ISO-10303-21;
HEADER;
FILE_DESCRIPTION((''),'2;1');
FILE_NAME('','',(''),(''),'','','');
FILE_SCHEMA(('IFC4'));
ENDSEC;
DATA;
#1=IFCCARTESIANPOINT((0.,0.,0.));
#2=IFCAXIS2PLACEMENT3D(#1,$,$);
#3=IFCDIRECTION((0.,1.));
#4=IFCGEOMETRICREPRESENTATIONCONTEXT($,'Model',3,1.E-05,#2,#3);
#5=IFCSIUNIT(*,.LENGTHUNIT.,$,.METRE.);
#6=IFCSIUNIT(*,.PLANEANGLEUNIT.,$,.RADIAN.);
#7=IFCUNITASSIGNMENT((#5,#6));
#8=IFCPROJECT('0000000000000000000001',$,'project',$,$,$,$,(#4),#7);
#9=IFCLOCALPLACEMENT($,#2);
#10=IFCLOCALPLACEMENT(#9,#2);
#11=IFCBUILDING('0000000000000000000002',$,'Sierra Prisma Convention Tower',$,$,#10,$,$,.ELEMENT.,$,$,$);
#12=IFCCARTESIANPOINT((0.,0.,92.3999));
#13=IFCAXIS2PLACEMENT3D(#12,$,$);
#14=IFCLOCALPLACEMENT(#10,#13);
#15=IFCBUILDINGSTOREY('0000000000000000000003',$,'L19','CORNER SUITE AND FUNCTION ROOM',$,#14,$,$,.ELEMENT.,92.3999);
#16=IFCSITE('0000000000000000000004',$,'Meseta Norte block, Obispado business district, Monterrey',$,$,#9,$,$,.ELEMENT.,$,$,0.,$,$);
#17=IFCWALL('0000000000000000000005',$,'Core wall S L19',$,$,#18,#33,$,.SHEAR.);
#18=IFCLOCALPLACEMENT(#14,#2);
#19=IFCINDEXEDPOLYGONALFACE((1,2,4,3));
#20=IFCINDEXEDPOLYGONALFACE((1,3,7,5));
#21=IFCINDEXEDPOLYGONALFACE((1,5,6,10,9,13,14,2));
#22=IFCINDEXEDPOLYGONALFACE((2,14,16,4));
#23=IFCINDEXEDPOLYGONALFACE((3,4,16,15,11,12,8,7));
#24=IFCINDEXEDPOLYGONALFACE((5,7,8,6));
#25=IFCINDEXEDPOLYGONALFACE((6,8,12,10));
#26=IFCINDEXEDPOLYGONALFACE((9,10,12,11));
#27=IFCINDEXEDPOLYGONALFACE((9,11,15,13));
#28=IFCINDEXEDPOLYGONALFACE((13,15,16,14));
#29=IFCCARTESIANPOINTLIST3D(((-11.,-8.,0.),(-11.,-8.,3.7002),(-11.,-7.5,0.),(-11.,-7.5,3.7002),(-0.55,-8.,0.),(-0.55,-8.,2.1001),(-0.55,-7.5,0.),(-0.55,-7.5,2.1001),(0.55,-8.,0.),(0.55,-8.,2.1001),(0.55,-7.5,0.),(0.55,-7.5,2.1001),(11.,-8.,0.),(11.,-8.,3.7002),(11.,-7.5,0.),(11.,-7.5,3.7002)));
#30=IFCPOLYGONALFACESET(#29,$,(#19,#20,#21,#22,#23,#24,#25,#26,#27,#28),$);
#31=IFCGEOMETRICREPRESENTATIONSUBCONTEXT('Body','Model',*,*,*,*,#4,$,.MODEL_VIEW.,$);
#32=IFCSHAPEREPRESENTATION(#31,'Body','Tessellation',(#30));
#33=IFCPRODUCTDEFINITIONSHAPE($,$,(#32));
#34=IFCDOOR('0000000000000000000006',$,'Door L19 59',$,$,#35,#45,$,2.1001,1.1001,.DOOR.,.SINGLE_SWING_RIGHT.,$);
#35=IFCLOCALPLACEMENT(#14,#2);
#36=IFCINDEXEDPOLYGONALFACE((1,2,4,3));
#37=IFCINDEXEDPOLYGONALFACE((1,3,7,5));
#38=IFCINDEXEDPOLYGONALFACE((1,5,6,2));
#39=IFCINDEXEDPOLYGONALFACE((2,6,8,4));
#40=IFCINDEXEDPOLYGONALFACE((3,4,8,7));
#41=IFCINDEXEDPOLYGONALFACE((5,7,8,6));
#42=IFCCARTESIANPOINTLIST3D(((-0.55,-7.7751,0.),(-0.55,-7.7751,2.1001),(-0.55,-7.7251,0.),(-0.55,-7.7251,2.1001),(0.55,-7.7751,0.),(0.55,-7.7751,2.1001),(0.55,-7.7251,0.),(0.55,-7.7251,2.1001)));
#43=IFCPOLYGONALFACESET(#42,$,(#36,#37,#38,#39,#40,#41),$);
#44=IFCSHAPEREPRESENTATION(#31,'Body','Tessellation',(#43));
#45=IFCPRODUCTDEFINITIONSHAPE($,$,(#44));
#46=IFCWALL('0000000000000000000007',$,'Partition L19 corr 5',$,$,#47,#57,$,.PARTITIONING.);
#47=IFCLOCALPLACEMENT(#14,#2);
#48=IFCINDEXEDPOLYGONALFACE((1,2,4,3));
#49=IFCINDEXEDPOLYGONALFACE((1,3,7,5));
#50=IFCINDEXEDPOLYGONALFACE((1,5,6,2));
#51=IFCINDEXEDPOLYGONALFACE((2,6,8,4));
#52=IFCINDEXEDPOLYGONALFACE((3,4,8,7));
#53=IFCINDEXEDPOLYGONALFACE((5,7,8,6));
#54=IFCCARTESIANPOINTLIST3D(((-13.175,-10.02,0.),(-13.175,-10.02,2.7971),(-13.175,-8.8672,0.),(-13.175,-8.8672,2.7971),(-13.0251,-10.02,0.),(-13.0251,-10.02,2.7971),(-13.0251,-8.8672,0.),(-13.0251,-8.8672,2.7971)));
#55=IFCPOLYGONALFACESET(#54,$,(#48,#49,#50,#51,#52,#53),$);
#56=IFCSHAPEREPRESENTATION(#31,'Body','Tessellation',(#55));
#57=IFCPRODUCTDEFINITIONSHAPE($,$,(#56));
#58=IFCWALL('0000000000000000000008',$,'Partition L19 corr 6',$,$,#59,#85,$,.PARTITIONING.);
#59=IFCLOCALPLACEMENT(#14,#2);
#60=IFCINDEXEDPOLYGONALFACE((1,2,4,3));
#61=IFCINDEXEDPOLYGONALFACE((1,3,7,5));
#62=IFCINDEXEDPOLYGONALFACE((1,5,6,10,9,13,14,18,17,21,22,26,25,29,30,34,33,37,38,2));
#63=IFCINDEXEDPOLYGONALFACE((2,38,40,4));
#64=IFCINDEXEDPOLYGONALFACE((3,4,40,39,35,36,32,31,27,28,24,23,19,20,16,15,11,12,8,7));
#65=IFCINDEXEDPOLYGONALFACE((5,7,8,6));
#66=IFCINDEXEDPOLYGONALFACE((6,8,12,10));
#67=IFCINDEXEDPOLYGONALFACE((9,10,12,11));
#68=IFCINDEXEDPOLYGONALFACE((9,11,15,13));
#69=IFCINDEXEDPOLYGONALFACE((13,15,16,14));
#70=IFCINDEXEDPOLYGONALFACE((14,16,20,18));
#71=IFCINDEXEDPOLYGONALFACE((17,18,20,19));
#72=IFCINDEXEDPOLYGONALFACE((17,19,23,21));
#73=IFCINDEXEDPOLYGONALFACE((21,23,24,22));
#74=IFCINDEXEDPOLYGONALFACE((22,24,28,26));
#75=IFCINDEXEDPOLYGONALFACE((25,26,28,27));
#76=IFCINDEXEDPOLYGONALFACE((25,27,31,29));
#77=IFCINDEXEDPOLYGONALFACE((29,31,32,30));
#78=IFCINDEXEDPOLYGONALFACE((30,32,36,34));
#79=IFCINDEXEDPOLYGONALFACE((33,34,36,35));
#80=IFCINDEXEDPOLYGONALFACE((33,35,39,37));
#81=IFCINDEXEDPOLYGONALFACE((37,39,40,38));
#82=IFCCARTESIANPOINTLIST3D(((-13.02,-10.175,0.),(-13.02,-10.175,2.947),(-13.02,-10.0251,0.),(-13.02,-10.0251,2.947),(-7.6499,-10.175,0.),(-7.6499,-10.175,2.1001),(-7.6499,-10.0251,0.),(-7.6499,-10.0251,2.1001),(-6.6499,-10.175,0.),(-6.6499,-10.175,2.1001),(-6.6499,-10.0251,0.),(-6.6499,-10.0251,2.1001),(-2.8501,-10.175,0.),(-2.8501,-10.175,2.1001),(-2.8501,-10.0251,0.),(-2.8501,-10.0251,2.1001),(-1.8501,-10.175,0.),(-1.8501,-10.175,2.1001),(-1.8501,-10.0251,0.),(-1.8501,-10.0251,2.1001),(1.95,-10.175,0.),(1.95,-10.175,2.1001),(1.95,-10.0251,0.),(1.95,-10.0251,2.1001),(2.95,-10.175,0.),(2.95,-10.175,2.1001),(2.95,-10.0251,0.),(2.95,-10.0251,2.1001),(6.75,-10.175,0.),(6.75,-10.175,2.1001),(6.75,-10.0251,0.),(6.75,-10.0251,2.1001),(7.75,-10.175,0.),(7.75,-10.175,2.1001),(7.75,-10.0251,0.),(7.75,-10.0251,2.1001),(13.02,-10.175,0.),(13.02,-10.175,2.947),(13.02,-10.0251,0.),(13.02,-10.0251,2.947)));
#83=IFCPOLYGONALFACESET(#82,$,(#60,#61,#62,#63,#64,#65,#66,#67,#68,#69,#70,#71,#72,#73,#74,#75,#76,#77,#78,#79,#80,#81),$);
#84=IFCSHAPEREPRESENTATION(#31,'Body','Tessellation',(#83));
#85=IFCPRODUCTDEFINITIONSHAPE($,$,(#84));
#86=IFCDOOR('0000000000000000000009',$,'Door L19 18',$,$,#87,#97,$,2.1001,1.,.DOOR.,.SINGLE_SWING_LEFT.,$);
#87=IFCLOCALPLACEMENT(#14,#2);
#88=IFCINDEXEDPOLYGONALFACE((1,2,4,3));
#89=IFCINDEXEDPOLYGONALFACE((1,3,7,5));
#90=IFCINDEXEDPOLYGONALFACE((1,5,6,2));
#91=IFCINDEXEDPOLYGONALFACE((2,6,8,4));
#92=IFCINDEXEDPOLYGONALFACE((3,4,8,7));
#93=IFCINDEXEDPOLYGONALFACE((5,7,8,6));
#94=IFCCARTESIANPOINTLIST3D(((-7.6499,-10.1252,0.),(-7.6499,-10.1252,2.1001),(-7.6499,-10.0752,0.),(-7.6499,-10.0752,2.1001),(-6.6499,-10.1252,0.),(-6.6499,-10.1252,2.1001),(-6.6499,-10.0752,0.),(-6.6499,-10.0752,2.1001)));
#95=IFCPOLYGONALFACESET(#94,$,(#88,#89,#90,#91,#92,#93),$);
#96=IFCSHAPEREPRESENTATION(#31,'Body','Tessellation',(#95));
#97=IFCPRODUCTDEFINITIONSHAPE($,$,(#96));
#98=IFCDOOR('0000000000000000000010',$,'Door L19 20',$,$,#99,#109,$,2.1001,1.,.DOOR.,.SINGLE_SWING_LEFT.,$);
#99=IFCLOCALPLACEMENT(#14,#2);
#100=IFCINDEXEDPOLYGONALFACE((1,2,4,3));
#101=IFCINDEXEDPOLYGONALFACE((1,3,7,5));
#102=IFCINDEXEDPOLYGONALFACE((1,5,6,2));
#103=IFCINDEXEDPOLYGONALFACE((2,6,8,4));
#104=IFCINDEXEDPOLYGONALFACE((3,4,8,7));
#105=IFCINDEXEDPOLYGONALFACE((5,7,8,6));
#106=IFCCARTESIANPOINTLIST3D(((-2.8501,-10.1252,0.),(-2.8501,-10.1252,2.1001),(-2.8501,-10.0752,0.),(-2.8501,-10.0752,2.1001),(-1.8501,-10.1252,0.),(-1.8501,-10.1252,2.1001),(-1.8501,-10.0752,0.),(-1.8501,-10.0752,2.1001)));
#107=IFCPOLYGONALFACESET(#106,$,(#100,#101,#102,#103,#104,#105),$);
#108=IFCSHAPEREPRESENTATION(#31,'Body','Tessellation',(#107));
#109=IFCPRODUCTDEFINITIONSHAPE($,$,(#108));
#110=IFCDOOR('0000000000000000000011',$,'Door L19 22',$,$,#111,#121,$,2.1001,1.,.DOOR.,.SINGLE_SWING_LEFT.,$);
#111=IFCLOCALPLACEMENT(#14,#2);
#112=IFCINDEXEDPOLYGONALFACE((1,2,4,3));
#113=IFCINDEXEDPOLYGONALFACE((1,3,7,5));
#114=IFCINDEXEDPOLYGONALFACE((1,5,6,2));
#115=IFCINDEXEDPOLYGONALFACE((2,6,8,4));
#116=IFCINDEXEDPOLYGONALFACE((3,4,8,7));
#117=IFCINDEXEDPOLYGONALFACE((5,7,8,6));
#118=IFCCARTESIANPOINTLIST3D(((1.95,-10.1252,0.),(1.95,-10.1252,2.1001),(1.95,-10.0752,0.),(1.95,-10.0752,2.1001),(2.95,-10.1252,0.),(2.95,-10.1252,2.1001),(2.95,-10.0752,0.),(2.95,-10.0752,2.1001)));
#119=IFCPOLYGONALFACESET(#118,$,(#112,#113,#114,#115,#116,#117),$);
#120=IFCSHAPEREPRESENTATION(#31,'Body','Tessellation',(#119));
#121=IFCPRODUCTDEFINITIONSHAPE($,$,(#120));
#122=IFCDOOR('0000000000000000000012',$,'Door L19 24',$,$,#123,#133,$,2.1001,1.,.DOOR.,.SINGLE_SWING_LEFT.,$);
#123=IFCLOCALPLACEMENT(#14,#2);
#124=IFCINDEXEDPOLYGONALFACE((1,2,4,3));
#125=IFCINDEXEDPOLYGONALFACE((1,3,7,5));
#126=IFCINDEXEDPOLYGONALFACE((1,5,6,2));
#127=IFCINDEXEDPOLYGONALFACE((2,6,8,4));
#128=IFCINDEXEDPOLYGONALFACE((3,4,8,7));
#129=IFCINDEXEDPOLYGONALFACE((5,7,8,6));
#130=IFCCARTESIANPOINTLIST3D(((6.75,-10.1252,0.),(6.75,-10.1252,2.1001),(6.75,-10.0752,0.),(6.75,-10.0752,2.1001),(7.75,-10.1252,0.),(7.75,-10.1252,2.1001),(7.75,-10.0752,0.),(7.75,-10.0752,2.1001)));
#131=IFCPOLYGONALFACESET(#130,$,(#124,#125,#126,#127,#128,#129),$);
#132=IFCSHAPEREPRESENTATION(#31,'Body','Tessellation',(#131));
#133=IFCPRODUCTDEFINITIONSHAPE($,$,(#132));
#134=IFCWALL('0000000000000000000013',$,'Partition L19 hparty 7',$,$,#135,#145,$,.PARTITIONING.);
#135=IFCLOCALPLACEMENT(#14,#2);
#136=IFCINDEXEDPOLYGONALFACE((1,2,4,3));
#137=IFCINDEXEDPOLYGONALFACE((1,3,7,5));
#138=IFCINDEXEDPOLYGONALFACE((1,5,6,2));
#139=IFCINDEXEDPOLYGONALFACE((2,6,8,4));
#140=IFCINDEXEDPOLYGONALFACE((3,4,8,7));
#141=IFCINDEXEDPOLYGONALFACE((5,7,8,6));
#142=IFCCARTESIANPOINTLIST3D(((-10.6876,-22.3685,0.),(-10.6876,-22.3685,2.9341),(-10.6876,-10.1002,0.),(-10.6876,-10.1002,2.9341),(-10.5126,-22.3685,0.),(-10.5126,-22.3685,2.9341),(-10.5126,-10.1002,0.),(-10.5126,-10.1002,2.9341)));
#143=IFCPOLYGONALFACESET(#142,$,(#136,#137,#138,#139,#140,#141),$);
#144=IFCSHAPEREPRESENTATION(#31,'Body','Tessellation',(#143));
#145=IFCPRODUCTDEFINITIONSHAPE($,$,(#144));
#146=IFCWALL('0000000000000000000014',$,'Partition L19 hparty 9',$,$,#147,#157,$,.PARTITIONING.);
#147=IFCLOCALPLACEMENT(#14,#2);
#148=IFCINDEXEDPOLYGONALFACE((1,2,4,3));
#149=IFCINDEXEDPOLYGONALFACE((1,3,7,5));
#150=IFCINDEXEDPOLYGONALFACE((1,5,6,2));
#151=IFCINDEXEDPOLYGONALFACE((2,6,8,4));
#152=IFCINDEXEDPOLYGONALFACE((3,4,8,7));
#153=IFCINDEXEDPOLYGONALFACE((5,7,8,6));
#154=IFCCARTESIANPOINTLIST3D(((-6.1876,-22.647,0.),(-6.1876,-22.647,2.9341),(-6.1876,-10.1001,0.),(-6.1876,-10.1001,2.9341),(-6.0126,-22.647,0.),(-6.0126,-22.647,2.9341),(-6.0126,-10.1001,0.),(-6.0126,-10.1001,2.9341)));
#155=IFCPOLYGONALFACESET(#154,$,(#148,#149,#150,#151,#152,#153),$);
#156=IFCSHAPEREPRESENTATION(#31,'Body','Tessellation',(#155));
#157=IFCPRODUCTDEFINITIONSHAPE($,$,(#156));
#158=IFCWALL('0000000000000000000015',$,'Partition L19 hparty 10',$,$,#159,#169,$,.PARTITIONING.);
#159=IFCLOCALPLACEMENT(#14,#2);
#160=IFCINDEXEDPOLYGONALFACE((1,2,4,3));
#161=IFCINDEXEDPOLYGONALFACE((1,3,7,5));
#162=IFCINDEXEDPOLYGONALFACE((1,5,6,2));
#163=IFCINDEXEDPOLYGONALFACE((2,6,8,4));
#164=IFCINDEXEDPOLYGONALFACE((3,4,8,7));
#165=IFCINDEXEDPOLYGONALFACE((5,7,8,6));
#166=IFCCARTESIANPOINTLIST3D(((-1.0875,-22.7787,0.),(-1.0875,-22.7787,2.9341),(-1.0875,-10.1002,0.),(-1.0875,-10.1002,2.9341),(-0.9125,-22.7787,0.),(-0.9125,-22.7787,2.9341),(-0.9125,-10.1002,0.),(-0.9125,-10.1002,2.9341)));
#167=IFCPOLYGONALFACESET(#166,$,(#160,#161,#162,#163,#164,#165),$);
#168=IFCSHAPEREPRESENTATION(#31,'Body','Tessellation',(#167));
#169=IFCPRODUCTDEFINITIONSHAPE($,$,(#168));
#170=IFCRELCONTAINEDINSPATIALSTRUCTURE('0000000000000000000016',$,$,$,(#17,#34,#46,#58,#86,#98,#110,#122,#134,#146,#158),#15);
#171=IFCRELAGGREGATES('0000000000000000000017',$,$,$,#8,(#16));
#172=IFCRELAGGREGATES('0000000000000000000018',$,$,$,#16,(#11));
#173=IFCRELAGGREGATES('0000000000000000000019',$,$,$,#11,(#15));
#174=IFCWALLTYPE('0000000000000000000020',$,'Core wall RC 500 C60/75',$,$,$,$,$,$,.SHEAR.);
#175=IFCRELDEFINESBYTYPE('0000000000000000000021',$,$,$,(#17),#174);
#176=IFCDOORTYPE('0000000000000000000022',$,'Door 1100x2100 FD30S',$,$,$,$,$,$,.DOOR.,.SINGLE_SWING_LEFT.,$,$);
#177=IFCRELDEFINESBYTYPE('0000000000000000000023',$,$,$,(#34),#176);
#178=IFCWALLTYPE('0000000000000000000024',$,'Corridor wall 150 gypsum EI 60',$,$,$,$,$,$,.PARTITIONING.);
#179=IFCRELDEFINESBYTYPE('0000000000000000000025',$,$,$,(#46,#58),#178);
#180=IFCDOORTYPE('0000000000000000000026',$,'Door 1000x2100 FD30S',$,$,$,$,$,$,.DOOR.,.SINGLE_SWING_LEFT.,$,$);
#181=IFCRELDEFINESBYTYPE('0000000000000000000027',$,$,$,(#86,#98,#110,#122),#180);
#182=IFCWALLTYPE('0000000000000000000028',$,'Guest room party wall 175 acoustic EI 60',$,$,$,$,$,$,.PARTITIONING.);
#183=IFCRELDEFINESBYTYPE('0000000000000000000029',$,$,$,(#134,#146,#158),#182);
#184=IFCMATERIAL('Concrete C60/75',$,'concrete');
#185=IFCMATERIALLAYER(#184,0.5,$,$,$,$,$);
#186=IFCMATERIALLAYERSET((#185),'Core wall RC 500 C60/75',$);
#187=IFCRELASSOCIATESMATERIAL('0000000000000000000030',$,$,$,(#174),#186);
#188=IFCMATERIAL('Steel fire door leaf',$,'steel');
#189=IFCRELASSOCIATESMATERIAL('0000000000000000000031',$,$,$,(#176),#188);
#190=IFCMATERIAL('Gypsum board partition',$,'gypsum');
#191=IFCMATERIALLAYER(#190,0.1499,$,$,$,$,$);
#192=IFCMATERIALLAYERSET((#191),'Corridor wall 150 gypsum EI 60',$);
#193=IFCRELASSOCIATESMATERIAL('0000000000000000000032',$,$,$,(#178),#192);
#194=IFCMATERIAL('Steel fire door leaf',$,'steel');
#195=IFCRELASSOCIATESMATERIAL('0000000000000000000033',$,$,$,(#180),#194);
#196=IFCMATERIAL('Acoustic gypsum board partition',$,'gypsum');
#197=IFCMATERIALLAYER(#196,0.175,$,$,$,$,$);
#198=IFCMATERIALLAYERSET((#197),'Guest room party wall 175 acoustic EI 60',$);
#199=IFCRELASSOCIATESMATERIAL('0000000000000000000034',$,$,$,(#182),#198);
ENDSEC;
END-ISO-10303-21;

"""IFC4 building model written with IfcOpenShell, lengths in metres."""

from ifc_helpers import new_model, si_unit, direction, frame, frame_2d, origin, place, context, subcontext, project, spatial, rectangle, extrude, material, layer, layer_set, type_object, element, fill, save


model = new_model("IFC4")

# Units and contexts
model_context = context("Model", 3, precision=1e-05, world=origin(), true_north=direction((0.0, 1.0)))
body_context = subcontext(model_context, "Body", "Model", "MODEL_VIEW")
ifc_project = project(units=[si_unit("LENGTHUNIT", "METRE"), si_unit("PLANEANGLEUNIT", "RADIAN")], contexts=[model_context])

# Site, building, storey
site_placement = place(None, origin())
site = spatial("IfcSite", under=ifc_project, at=site_placement, Name="Meseta Norte block, Obispado business district, Monterrey", CompositionType="ELEMENT", RefElevation=0.0)
building_placement = place(site_placement, origin())
building = spatial("IfcBuilding", under=site, at=building_placement, Name="Sierra Prisma Convention Tower", CompositionType="ELEMENT")
storey_placement = place(building_placement, frame((0.0, 0.0, 92.3999)))
storey = spatial("IfcBuildingStorey", under=building, at=storey_placement, Name="L19", Description="CORNER SUITE AND FUNCTION ROOM", CompositionType="ELEMENT", Elevation=92.3999)

# Wall, opening, door
ifc_material_1 = material(Name="Concrete C60/75", Category="concrete")
ifc_layer_1 = layer(ifc_material_1, 0.5)
ifc_layer_set_1 = layer_set([ifc_layer_1], Name="Core wall RC 500 C60/75")
wall_type_1 = type_object("IfcWallType", Name="Core wall RC 500 C60/75", PredefinedType="SHEAR", material=ifc_layer_set_1)
wall_1_placement = place(storey_placement, frame((-11.0, -7.75, 0.0), z_axis=(0.0, 0.0, 1.0), x_axis=(1.0, 0.0, 0.0)))
wall_1 = element("IfcWall", 1, at=wall_1_placement, inside=storey, type_object=wall_type_1, Name="Core wall S L19", PredefinedType="SHEAR", context=body_context, shape_type="SweptSolid", body=[
    extrude(rectangle(XDim=22.0, YDim=0.5, at=frame_2d((11.0, 0.0))), origin(), (0.0, 0.0, 1.0), 3.7002),
])
opening_1_placement = place(wall_1_placement, frame((10.45, 0.0, 0.0)))
opening_1 = element("IfcOpeningElement", 2, at=opening_1_placement, cuts=wall_1, PredefinedType="OPENING", context=body_context, shape_type="SweptSolid", body=[
    extrude(rectangle(XDim=1.1001, YDim=2.1001, at=frame_2d((0.55, 1.05))), frame((0.0, 0.25, 0.0), z_axis=(0.0, -1.0, 0.0), x_axis=(1.0, 0.0, 0.0)), (0.0, 0.0, 1.0), 0.5),
])
ifc_material_2 = material(Name="Steel fire door leaf", Category="steel")
door_type_1 = type_object("IfcDoorType", Name="Door 1100x2100 FD30S", OperationType="SINGLE_SWING_LEFT", PredefinedType="DOOR", material=ifc_material_2)
door_1_placement = place(opening_1_placement, origin())
door_1 = element("IfcDoor", 3, at=door_1_placement, inside=storey, type_object=door_type_1, Name="Door L19 59", OperationType="SINGLE_SWING_RIGHT", OverallHeight=2.1001, OverallWidth=1.1001, PredefinedType="DOOR", context=body_context, shape_type="SweptSolid", body=[
    extrude(rectangle(XDim=1.1001, YDim=2.1001, at=frame_2d((0.55, 1.05))), frame((0.0, 0.0249, 0.0), z_axis=(0.0, -1.0, 0.0), x_axis=(1.0, 0.0, 0.0)), (0.0, 0.0, 1.0), 0.05),
])
fill(opening_1, door_1)

# Wall
ifc_material_3 = material(Name="Gypsum board partition", Category="gypsum")
ifc_layer_2 = layer(ifc_material_3, 0.1499)
ifc_layer_set_2 = layer_set([ifc_layer_2], Name="Corridor wall 150 gypsum EI 60")
wall_type_2 = type_object("IfcWallType", Name="Corridor wall 150 gypsum EI 60", PredefinedType="PARTITIONING", material=ifc_layer_set_2)
wall_2_placement = place(storey_placement, frame((-13.1001, -8.8672, 0.0), z_axis=(0.0, 0.0, 1.0), x_axis=(0.0, -1.0, 0.0)))
element("IfcWall", 4, at=wall_2_placement, inside=storey, type_object=wall_type_2, Name="Partition L19 corr 5", PredefinedType="PARTITIONING", context=body_context, shape_type="SweptSolid", body=[
    extrude(rectangle(XDim=1.1528, YDim=0.1499, at=frame_2d((0.5764, 0.0))), origin(), (0.0, 0.0, 1.0), 2.7971),
])

# Wall, openings, doors
wall_3_placement = place(storey_placement, frame((-13.02, -10.1001, 0.0), z_axis=(0.0, 0.0, 1.0), x_axis=(1.0, 0.0, 0.0)))
wall_3 = element("IfcWall", 5, at=wall_3_placement, inside=storey, type_object=wall_type_2, Name="Partition L19 corr 6", PredefinedType="PARTITIONING", context=body_context, shape_type="SweptSolid", body=[
    extrude(rectangle(XDim=26.04, YDim=0.1499, at=frame_2d((13.02, 0.0))), origin(), (0.0, 0.0, 1.0), 2.947),
])
opening_2_placement = place(wall_3_placement, frame((5.3701, 0.0, 0.0)))
opening_2 = element("IfcOpeningElement", 6, at=opening_2_placement, cuts=wall_3, PredefinedType="OPENING", context=body_context, shape_type="SweptSolid", body=[
    extrude(rectangle(XDim=1.0, YDim=2.1001, at=frame_2d((0.5, 1.05))), frame((0.0, 0.075, 0.0), z_axis=(0.0, -1.0, 0.0), x_axis=(1.0, 0.0, 0.0)), (0.0, 0.0, 1.0), 0.1499),
])
opening_3_placement = place(wall_3_placement, frame((10.1699, 0.0, 0.0)))
opening_3 = element("IfcOpeningElement", 7, at=opening_3_placement, cuts=wall_3, PredefinedType="OPENING", context=body_context, shape_type="SweptSolid", body=[
    extrude(rectangle(XDim=1.0, YDim=2.1001, at=frame_2d((0.5, 1.05))), frame((0.0, 0.075, 0.0), z_axis=(0.0, -1.0, 0.0), x_axis=(1.0, 0.0, 0.0)), (0.0, 0.0, 1.0), 0.1499),
])
opening_4_placement = place(wall_3_placement, frame((14.97, 0.0, 0.0)))
opening_4 = element("IfcOpeningElement", 8, at=opening_4_placement, cuts=wall_3, PredefinedType="OPENING", context=body_context, shape_type="SweptSolid", body=[
    extrude(rectangle(XDim=1.0, YDim=2.1001, at=frame_2d((0.5, 1.05))), frame((0.0, 0.075, 0.0), z_axis=(0.0, -1.0, 0.0), x_axis=(1.0, 0.0, 0.0)), (0.0, 0.0, 1.0), 0.1499),
])
opening_5_placement = place(wall_3_placement, frame((19.77, 0.0, 0.0)))
opening_5 = element("IfcOpeningElement", 9, at=opening_5_placement, cuts=wall_3, PredefinedType="OPENING", context=body_context, shape_type="SweptSolid", body=[
    extrude(rectangle(XDim=1.0, YDim=2.1001, at=frame_2d((0.5, 1.05))), frame((0.0, 0.075, 0.0), z_axis=(0.0, -1.0, 0.0), x_axis=(1.0, 0.0, 0.0)), (0.0, 0.0, 1.0), 0.1499),
])
ifc_material_4 = material(Name="Steel fire door leaf", Category="steel")
door_type_2 = type_object("IfcDoorType", Name="Door 1000x2100 FD30S", OperationType="SINGLE_SWING_LEFT", PredefinedType="DOOR", material=ifc_material_4)
door_2_placement = place(opening_2_placement, origin())
door_2 = element("IfcDoor", 10, at=door_2_placement, inside=storey, type_object=door_type_2, Name="Door L19 18", OperationType="SINGLE_SWING_LEFT", OverallHeight=2.1001, OverallWidth=1.0, PredefinedType="DOOR", context=body_context, shape_type="SweptSolid", body=[
    extrude(rectangle(XDim=1.0, YDim=2.1001, at=frame_2d((0.5, 1.05))), frame((0.0, 0.0249, 0.0), z_axis=(0.0, -1.0, 0.0), x_axis=(1.0, 0.0, 0.0)), (0.0, 0.0, 1.0), 0.05),
])
fill(opening_2, door_2)
door_3_placement = place(opening_3_placement, origin())
door_3 = element("IfcDoor", 11, at=door_3_placement, inside=storey, type_object=door_type_2, Name="Door L19 20", OperationType="SINGLE_SWING_LEFT", OverallHeight=2.1001, OverallWidth=1.0, PredefinedType="DOOR", context=body_context, shape_type="SweptSolid", body=[
    extrude(rectangle(XDim=1.0, YDim=2.1001, at=frame_2d((0.5, 1.05))), frame((0.0, 0.0249, 0.0), z_axis=(0.0, -1.0, 0.0), x_axis=(1.0, 0.0, 0.0)), (0.0, 0.0, 1.0), 0.05),
])
fill(opening_3, door_3)
door_4_placement = place(opening_4_placement, origin())
door_4 = element("IfcDoor", 12, at=door_4_placement, inside=storey, type_object=door_type_2, Name="Door L19 22", OperationType="SINGLE_SWING_LEFT", OverallHeight=2.1001, OverallWidth=1.0, PredefinedType="DOOR", context=body_context, shape_type="SweptSolid", body=[
    extrude(rectangle(XDim=1.0, YDim=2.1001, at=frame_2d((0.5, 1.05))), frame((0.0, 0.0249, 0.0), z_axis=(0.0, -1.0, 0.0), x_axis=(1.0, 0.0, 0.0)), (0.0, 0.0, 1.0), 0.05),
])
fill(opening_4, door_4)
door_5_placement = place(opening_5_placement, origin())
door_5 = element("IfcDoor", 13, at=door_5_placement, inside=storey, type_object=door_type_2, Name="Door L19 24", OperationType="SINGLE_SWING_LEFT", OverallHeight=2.1001, OverallWidth=1.0, PredefinedType="DOOR", context=body_context, shape_type="SweptSolid", body=[
    extrude(rectangle(XDim=1.0, YDim=2.1001, at=frame_2d((0.5, 1.05))), frame((0.0, 0.0249, 0.0), z_axis=(0.0, -1.0, 0.0), x_axis=(1.0, 0.0, 0.0)), (0.0, 0.0, 1.0), 0.05),
])
fill(opening_5, door_5)

# Walls
ifc_material_5 = material(Name="Acoustic gypsum board partition", Category="gypsum")
ifc_layer_3 = layer(ifc_material_5, 0.175)
ifc_layer_set_3 = layer_set([ifc_layer_3], Name="Guest room party wall 175 acoustic EI 60")
wall_type_3 = type_object("IfcWallType", Name="Guest room party wall 175 acoustic EI 60", PredefinedType="PARTITIONING", material=ifc_layer_set_3)
wall_4_placement = place(storey_placement, frame((-10.6001, -10.1001, 0.0), z_axis=(0.0, 0.0, 1.0), x_axis=(0.0, -1.0, 0.0)))
element("IfcWall", 14, at=wall_4_placement, inside=storey, type_object=wall_type_3, Name="Partition L19 hparty 7", PredefinedType="PARTITIONING", context=body_context, shape_type="SweptSolid", body=[
    extrude(rectangle(XDim=12.2683, YDim=0.175, at=frame_2d((6.1343, 0.0))), origin(), (0.0, 0.0, 1.0), 2.9341),
])
wall_5_placement = place(storey_placement, frame((-6.1001, -10.1001, 0.0), z_axis=(0.0, 0.0, 1.0), x_axis=(0.0, -1.0, 0.0)))
element("IfcWall", 15, at=wall_5_placement, inside=storey, type_object=wall_type_3, Name="Partition L19 hparty 9", PredefinedType="PARTITIONING", context=body_context, shape_type="SweptSolid", body=[
    extrude(rectangle(XDim=12.5469, YDim=0.175, at=frame_2d((6.2734, 0.0))), origin(), (0.0, 0.0, 1.0), 2.9341),
])
wall_6_placement = place(storey_placement, frame((-1.0, -10.1001, 0.0), z_axis=(0.0, 0.0, 1.0), x_axis=(0.0, -1.0, 0.0)))
element("IfcWall", 16, at=wall_6_placement, inside=storey, type_object=wall_type_3, Name="Partition L19 hparty 10", PredefinedType="PARTITIONING", context=body_context, shape_type="SweptSolid", body=[
    extrude(rectangle(XDim=12.6785, YDim=0.175, at=frame_2d((6.3394, 0.0))), origin(), (0.0, 0.0, 1.0), 2.9341),
])

save(model, "model.ifc")
